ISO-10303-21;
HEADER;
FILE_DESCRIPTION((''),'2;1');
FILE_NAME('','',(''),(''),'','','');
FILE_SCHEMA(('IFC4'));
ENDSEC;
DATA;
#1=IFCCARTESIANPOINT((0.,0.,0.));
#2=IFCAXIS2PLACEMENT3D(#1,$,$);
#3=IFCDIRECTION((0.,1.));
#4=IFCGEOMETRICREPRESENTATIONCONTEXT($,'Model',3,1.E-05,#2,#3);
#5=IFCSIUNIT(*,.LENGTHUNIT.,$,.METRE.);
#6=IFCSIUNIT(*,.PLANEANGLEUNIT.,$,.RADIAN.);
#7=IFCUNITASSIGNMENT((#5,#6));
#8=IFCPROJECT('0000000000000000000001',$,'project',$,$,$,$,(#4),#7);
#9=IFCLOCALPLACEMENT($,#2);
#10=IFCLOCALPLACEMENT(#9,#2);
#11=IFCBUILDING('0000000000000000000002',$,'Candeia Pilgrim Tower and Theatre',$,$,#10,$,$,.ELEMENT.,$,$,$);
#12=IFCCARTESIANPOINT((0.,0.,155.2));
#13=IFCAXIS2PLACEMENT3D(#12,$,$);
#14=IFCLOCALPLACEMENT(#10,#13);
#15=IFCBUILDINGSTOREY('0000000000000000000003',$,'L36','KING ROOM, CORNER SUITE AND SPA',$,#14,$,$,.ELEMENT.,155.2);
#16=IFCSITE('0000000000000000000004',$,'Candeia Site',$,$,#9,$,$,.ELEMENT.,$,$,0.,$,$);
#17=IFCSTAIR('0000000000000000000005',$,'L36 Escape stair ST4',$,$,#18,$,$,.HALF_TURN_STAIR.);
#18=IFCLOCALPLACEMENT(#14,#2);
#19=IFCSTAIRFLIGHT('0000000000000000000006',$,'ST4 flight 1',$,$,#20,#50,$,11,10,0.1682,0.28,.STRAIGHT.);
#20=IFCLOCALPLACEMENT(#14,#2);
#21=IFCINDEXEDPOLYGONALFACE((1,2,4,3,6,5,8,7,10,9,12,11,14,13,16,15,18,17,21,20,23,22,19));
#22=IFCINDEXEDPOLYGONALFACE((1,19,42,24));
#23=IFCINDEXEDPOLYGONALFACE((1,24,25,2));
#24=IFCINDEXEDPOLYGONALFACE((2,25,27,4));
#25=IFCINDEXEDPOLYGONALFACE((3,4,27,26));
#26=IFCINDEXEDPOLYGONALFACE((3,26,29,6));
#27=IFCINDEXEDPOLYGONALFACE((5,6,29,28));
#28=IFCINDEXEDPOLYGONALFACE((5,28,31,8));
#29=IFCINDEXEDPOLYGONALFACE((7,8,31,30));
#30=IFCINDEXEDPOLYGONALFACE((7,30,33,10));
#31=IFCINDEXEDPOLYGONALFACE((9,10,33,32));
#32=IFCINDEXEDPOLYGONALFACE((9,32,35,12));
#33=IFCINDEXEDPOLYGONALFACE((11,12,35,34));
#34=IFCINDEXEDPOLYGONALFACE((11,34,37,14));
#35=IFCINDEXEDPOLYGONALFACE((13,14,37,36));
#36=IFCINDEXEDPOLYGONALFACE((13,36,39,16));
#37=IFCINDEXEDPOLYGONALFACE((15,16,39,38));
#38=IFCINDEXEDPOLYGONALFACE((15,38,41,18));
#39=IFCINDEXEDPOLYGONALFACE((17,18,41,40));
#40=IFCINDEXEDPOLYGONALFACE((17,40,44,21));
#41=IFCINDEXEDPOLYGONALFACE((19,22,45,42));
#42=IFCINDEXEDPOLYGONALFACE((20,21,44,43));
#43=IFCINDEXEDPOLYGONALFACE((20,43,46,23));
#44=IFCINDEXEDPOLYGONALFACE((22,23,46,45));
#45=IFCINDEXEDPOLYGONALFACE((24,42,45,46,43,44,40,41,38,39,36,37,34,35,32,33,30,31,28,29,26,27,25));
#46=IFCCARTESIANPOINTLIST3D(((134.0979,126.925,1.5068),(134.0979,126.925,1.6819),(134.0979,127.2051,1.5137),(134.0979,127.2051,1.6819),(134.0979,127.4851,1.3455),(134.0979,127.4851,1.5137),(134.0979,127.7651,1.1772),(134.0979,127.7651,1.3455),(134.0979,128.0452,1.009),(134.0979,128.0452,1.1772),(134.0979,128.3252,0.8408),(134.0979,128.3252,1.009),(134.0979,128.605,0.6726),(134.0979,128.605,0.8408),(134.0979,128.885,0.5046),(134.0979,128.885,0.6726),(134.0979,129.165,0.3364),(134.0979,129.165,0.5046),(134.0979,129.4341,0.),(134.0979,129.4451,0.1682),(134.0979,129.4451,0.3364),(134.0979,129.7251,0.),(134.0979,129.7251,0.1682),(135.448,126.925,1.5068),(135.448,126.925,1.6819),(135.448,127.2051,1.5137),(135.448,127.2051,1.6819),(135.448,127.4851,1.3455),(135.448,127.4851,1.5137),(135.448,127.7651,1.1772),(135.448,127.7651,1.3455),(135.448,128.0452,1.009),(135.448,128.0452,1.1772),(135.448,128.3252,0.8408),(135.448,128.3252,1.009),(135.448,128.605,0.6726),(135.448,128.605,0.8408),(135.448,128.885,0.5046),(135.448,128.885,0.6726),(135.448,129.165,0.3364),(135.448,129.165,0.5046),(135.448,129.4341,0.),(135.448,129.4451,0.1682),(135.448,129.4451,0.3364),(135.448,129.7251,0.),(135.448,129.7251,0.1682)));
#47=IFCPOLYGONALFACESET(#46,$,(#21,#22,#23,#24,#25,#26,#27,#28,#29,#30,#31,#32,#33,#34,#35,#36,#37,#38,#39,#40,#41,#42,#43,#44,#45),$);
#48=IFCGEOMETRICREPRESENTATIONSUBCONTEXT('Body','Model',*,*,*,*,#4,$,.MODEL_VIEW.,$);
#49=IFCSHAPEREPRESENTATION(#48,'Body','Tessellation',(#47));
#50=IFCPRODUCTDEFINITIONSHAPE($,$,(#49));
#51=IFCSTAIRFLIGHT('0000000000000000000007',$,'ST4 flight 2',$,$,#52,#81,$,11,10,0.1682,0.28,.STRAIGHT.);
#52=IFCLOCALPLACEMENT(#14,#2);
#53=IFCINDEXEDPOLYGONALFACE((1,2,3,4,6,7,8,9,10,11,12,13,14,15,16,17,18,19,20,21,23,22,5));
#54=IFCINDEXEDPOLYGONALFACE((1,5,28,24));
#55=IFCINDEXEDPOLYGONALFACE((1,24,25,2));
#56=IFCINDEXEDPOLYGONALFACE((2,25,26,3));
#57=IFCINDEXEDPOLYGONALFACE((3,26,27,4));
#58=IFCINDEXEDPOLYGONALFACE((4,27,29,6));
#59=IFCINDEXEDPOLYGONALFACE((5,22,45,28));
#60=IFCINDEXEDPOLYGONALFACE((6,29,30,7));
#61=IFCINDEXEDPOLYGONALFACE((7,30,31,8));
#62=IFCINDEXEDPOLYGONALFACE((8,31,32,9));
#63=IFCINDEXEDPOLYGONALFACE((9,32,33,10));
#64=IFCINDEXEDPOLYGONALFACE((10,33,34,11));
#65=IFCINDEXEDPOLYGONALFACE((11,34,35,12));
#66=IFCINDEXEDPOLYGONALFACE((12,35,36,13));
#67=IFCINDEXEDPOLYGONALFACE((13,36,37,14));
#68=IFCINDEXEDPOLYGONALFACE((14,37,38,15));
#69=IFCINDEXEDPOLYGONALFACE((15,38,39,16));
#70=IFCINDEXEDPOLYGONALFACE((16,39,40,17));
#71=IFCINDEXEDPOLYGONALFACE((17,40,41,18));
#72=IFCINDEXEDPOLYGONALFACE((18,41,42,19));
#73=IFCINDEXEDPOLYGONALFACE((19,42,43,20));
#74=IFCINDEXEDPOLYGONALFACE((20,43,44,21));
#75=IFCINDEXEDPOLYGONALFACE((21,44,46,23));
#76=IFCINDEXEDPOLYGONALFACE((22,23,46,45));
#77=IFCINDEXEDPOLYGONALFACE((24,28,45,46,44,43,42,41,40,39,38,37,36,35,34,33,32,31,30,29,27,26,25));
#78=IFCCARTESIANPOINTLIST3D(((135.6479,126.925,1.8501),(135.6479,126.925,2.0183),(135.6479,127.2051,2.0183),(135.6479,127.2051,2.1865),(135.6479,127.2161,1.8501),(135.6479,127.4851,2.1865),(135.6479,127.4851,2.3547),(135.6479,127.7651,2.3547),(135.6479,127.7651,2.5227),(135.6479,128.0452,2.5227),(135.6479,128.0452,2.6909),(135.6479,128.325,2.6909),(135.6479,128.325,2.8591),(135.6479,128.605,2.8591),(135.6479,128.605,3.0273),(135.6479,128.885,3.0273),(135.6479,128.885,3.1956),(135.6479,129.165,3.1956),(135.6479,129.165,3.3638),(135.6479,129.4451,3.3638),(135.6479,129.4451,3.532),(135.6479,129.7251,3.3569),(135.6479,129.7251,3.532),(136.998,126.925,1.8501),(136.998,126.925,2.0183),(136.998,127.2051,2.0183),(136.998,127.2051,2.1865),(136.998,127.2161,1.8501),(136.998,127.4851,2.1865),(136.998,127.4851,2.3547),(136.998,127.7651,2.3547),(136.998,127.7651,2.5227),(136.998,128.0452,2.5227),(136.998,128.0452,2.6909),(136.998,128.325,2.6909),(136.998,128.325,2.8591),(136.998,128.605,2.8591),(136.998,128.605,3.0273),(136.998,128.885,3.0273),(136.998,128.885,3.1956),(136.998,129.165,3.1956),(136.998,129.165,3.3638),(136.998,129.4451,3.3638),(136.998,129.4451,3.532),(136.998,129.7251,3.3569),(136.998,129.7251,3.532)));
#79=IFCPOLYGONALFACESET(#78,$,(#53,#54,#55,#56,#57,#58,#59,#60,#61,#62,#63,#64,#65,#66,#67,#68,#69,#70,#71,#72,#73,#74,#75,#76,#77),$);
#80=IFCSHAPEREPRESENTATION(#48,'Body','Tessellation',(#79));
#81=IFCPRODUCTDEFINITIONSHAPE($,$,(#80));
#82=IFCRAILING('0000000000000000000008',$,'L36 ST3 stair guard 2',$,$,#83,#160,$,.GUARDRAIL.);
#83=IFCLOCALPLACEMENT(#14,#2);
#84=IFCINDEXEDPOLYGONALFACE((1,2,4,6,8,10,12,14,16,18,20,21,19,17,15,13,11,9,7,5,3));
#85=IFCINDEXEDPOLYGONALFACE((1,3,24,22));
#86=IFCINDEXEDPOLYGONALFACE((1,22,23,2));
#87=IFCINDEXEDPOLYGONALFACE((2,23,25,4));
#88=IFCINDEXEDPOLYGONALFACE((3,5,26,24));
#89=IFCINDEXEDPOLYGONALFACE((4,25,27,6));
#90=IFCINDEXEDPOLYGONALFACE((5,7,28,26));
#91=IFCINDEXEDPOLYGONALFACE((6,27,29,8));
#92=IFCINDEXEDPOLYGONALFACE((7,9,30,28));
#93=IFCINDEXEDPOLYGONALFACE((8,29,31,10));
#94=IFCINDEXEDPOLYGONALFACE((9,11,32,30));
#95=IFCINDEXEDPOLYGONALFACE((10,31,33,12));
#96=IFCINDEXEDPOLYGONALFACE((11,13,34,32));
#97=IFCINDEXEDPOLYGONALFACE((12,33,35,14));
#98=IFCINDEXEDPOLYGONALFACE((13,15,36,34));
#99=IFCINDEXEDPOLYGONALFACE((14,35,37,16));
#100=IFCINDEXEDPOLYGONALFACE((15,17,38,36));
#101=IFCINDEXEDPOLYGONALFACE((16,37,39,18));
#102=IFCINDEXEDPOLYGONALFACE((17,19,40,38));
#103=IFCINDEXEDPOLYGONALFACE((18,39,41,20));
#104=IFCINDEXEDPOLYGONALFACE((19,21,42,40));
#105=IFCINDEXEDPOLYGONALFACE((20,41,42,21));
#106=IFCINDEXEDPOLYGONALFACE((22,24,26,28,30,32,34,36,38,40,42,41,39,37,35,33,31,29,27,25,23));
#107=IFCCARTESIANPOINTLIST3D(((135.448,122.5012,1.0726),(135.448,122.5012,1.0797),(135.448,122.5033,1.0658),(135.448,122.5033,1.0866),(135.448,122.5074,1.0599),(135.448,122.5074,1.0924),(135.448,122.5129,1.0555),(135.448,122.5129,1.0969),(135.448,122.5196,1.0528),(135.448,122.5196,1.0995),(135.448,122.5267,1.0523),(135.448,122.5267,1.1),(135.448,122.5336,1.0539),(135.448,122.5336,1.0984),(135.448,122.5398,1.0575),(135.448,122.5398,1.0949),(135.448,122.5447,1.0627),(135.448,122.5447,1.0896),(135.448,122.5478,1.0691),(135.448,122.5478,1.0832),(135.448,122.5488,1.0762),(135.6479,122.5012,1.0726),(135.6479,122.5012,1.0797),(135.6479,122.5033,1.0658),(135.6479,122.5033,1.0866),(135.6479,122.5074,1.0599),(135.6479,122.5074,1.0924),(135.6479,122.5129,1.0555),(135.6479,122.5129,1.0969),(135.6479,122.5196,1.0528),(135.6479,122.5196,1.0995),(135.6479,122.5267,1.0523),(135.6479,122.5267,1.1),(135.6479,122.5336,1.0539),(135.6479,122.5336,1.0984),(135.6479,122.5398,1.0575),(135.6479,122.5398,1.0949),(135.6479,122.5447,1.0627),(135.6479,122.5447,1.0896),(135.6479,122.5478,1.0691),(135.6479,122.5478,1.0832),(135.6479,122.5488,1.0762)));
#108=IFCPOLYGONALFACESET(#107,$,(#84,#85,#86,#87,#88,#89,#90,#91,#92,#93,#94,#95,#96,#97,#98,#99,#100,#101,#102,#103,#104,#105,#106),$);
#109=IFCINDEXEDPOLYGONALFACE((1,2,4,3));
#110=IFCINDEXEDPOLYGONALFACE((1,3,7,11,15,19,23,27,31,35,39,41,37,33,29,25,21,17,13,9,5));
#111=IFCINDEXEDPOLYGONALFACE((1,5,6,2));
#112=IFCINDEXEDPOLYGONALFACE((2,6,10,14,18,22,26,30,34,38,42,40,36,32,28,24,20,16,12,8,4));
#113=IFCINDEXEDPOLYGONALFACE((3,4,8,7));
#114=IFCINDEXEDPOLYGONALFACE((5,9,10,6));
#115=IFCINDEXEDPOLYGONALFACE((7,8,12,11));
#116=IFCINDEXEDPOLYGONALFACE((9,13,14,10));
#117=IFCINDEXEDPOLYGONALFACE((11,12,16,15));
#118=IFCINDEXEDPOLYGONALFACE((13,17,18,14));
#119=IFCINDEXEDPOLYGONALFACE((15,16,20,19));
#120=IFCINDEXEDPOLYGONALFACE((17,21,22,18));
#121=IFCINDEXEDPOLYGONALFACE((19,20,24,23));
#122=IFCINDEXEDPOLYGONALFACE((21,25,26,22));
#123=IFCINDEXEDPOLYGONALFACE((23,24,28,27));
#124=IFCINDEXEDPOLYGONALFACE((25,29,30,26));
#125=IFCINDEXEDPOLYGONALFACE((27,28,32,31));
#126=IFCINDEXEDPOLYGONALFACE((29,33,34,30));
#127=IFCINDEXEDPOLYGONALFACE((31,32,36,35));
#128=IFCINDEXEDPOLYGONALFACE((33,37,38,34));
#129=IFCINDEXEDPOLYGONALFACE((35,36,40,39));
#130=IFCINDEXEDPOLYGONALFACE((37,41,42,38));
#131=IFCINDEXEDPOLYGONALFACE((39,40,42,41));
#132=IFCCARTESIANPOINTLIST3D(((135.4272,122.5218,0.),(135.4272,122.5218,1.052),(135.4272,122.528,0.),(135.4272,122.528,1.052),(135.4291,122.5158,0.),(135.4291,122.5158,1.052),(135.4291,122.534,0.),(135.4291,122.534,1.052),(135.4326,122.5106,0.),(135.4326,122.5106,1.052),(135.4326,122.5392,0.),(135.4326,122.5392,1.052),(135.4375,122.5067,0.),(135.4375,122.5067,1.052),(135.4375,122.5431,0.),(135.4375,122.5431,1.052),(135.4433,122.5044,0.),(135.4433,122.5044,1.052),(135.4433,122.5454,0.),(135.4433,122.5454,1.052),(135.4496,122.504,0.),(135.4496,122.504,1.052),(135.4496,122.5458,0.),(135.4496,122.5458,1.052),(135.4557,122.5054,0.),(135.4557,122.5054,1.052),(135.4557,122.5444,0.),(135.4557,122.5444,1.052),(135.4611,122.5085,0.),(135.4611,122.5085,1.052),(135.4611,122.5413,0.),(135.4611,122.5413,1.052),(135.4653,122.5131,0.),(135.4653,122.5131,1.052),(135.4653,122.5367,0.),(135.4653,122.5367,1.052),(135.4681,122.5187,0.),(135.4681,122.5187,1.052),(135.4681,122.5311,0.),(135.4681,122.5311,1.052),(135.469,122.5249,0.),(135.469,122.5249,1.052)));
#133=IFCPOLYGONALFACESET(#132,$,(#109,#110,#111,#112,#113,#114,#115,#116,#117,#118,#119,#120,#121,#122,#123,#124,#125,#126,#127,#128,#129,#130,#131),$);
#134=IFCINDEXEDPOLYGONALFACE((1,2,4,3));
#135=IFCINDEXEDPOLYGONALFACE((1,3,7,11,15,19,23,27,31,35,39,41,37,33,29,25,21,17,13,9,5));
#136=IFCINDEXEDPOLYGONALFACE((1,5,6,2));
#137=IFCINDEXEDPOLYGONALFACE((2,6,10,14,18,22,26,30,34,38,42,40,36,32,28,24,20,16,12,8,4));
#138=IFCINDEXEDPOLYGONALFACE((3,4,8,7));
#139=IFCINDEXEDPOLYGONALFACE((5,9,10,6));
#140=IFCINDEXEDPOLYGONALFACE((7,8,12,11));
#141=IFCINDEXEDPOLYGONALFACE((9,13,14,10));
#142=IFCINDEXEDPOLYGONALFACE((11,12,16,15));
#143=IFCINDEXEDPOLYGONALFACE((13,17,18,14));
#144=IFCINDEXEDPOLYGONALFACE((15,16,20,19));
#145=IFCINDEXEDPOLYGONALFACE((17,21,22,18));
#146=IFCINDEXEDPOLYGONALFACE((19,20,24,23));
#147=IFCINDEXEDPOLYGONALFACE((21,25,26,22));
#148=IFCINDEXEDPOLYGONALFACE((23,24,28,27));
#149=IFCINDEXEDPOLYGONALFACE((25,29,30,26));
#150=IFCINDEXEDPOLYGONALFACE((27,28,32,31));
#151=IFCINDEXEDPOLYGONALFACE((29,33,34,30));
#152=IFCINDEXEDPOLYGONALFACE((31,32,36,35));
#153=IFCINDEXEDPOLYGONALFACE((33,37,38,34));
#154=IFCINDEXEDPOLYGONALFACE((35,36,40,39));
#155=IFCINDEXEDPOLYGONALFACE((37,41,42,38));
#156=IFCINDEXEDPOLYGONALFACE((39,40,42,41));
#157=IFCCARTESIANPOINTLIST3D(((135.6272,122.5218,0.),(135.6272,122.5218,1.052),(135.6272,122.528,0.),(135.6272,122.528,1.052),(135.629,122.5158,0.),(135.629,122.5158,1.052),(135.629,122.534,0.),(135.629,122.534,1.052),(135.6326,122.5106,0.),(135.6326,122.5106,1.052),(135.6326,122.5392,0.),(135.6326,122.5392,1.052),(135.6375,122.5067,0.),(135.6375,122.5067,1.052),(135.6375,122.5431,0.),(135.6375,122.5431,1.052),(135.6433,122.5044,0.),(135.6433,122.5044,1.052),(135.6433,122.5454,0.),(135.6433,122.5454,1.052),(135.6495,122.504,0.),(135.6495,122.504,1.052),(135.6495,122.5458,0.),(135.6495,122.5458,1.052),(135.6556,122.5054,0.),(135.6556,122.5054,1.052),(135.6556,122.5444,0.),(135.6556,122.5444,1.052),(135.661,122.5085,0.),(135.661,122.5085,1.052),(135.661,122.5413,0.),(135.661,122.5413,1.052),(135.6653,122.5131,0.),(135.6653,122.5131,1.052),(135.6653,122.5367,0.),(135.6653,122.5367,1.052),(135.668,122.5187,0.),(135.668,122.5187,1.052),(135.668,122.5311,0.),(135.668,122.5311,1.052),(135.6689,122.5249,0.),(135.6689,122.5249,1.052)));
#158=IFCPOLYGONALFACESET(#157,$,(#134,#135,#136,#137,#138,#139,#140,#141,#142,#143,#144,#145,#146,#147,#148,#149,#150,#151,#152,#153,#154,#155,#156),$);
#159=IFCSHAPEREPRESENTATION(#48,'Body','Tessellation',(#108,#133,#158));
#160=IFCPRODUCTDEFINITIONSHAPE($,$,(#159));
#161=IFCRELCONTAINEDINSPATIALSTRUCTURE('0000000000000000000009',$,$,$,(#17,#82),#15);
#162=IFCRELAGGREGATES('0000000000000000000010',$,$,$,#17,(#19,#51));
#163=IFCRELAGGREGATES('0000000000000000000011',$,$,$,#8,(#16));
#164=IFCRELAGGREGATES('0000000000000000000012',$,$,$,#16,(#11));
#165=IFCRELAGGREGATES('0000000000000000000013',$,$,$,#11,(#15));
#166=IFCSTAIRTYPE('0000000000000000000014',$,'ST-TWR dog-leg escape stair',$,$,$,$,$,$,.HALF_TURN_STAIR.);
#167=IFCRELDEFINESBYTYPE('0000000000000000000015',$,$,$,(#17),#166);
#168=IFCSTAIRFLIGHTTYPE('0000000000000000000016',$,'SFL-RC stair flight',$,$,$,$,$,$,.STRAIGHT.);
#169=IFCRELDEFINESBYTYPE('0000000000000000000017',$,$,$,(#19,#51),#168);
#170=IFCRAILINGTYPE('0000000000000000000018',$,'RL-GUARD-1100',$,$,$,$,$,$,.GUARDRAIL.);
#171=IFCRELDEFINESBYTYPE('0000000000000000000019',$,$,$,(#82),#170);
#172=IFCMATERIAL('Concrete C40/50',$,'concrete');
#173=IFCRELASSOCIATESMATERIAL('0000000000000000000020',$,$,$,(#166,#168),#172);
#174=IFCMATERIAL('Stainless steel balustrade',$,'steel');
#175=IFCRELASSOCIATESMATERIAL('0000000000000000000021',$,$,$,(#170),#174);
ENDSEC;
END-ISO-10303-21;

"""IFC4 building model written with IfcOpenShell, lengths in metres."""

from ifc_helpers import new_model, si_unit, direction, frame, origin, origin_2d, place, context, subcontext, project, spatial, polyline, circle, outline, extrude, material, type_object, element, aggregate, save


model = new_model("IFC4")

# Units and contexts
model_context = context("Model", 3, precision=1e-05, world=origin(), true_north=direction((0.0, 1.0)))
body_context = subcontext(model_context, "Body", "Model", "MODEL_VIEW")
ifc_project = project(units=[si_unit("LENGTHUNIT", "METRE"), si_unit("PLANEANGLEUNIT", "RADIAN")], contexts=[model_context])

# Site, building, storey
site_placement = place(None, origin())
site = spatial("IfcSite", under=ifc_project, at=site_placement, Name="Candeia Site", CompositionType="ELEMENT", RefElevation=0.0)
building_placement = place(site_placement, origin())
building = spatial("IfcBuilding", under=site, at=building_placement, Name="Candeia Pilgrim Tower and Theatre", CompositionType="ELEMENT")
storey_placement = place(building_placement, frame((0.0, 0.0, 155.2)))
storey = spatial("IfcBuildingStorey", under=building, at=storey_placement, Name="L36", Description="KING ROOM, CORNER SUITE AND SPA", CompositionType="ELEMENT", Elevation=155.2)

# Shared definitions
ifc_material_1 = material(Name="Concrete C40/50", Category="concrete")

# Stair, stair flights
stair_type = type_object("IfcStairType", Name="ST-TWR dog-leg escape stair", PredefinedType="HALF_TURN_STAIR", material=ifc_material_1)
stair_flight_type = type_object("IfcStairFlightType", Name="SFL-RC stair flight", PredefinedType="STRAIGHT", material=ifc_material_1)
stair_1_placement = place(storey_placement, origin())
stair_1 = element("IfcStair", 1, at=stair_1_placement, inside=storey, type_object=stair_type, Name="L36 Escape stair ST4", PredefinedType="HALF_TURN_STAIR")
stair_flight_1_placement = place(storey_placement, frame((134.7729, 129.7251, 0.0), z_axis=(0.0, 0.0, 1.0), x_axis=(0.0, -1.0, 0.0)))
stair_flight_1 = element("IfcStairFlight", 2, at=stair_flight_1_placement, type_object=stair_flight_type, Name="ST4 flight 1", NumberOfRisers=11, NumberOfTreads=10, PredefinedType="STRAIGHT", RiserHeight=0.1682, TreadLength=0.28, context=body_context, shape_type="SweptSolid", body=[
    extrude(outline(polyline([(0.0, 0.0), (0.0, 0.1682), (0.28, 0.1682), (0.28, 0.3364), (0.5601, 0.3364), (0.5601, 0.5046), (0.8401, 0.5046), (0.8401, 0.6726), (1.1201, 0.6726), (1.1201, 0.8408), (1.3999, 0.8408), (1.3999, 1.009), (1.6799, 1.009), (1.6799, 1.1772), (1.96, 1.1772), (1.96, 1.3455), (2.24, 1.3455), (2.24, 1.5137), (2.52, 1.5137), (2.52, 1.6819), (2.8, 1.6819), (2.8, 1.8501), (2.8, 1.5068), (0.291, 0.0), (0.0, 0.0)])), frame((0.0, 0.675, 0.0), z_axis=(0.0, -1.0, 0.0), x_axis=(1.0, 0.0, 0.0)), (0.0, 0.0, 1.0), 1.3501),
])
stair_flight_2_placement = place(storey_placement, frame((136.323, 126.925, 1.8501), z_axis=(0.0, 0.0, 1.0), x_axis=(0.0, 1.0, 0.0)))
stair_flight_2 = element("IfcStairFlight", 3, at=stair_flight_2_placement, type_object=stair_flight_type, Name="ST4 flight 2", NumberOfRisers=11, NumberOfTreads=10, PredefinedType="STRAIGHT", RiserHeight=0.1682, TreadLength=0.28, context=body_context, shape_type="SweptSolid", body=[
    extrude(outline(polyline([(0.0, 0.0), (0.0, 0.1682), (0.28, 0.1682), (0.28, 0.3364), (0.5601, 0.3364), (0.5601, 0.5046), (0.8401, 0.5046), (0.8401, 0.6726), (1.1201, 0.6726), (1.1201, 0.8408), (1.3999, 0.8408), (1.3999, 1.009), (1.6799, 1.009), (1.6799, 1.1772), (1.96, 1.1772), (1.96, 1.3455), (2.24, 1.3455), (2.24, 1.5137), (2.52, 1.5137), (2.52, 1.6819), (2.8, 1.6819), (2.8, 1.8501), (2.8, 1.5068), (0.291, 0.0), (0.0, 0.0)])), frame((0.0, 0.675, 0.0), z_axis=(0.0, -1.0, 0.0), x_axis=(1.0, 0.0, 0.0)), (0.0, 0.0, 1.0), 1.3501),
])
aggregate(stair_1, [stair_flight_1, stair_flight_2])

# Railing
ifc_material_2 = material(Name="Stainless steel balustrade", Category="steel")
railing_type_1 = type_object("IfcRailingType", Name="RL-GUARD-1100", PredefinedType="GUARDRAIL", material=ifc_material_2)
railing_1_placement = place(storey_placement, frame((135.448, 122.5249, 0.0)))
element("IfcRailing", 4, at=railing_1_placement, inside=storey, type_object=railing_type_1, Name="L36 ST3 stair guard 2", PredefinedType="GUARDRAIL", context=body_context, shape_type="SweptSolid", body=[
    extrude(circle(Radius=0.0239, at=origin_2d()), frame((0.0, 0.0, 1.0762), z_axis=(1.0, 0.0, 0.0), x_axis=(0.0, 1.0, 0.0)), (0.0, 0.0, 1.0), 0.2),
    extrude(circle(Radius=0.021, at=origin_2d()), origin(), (0.0, 0.0, 1.0), 1.052),
    extrude(circle(Radius=0.021, at=origin_2d()), frame((0.2, 0.0, 0.0)), (0.0, 0.0, 1.0), 1.052),
])

save(model, "model.ifc")
